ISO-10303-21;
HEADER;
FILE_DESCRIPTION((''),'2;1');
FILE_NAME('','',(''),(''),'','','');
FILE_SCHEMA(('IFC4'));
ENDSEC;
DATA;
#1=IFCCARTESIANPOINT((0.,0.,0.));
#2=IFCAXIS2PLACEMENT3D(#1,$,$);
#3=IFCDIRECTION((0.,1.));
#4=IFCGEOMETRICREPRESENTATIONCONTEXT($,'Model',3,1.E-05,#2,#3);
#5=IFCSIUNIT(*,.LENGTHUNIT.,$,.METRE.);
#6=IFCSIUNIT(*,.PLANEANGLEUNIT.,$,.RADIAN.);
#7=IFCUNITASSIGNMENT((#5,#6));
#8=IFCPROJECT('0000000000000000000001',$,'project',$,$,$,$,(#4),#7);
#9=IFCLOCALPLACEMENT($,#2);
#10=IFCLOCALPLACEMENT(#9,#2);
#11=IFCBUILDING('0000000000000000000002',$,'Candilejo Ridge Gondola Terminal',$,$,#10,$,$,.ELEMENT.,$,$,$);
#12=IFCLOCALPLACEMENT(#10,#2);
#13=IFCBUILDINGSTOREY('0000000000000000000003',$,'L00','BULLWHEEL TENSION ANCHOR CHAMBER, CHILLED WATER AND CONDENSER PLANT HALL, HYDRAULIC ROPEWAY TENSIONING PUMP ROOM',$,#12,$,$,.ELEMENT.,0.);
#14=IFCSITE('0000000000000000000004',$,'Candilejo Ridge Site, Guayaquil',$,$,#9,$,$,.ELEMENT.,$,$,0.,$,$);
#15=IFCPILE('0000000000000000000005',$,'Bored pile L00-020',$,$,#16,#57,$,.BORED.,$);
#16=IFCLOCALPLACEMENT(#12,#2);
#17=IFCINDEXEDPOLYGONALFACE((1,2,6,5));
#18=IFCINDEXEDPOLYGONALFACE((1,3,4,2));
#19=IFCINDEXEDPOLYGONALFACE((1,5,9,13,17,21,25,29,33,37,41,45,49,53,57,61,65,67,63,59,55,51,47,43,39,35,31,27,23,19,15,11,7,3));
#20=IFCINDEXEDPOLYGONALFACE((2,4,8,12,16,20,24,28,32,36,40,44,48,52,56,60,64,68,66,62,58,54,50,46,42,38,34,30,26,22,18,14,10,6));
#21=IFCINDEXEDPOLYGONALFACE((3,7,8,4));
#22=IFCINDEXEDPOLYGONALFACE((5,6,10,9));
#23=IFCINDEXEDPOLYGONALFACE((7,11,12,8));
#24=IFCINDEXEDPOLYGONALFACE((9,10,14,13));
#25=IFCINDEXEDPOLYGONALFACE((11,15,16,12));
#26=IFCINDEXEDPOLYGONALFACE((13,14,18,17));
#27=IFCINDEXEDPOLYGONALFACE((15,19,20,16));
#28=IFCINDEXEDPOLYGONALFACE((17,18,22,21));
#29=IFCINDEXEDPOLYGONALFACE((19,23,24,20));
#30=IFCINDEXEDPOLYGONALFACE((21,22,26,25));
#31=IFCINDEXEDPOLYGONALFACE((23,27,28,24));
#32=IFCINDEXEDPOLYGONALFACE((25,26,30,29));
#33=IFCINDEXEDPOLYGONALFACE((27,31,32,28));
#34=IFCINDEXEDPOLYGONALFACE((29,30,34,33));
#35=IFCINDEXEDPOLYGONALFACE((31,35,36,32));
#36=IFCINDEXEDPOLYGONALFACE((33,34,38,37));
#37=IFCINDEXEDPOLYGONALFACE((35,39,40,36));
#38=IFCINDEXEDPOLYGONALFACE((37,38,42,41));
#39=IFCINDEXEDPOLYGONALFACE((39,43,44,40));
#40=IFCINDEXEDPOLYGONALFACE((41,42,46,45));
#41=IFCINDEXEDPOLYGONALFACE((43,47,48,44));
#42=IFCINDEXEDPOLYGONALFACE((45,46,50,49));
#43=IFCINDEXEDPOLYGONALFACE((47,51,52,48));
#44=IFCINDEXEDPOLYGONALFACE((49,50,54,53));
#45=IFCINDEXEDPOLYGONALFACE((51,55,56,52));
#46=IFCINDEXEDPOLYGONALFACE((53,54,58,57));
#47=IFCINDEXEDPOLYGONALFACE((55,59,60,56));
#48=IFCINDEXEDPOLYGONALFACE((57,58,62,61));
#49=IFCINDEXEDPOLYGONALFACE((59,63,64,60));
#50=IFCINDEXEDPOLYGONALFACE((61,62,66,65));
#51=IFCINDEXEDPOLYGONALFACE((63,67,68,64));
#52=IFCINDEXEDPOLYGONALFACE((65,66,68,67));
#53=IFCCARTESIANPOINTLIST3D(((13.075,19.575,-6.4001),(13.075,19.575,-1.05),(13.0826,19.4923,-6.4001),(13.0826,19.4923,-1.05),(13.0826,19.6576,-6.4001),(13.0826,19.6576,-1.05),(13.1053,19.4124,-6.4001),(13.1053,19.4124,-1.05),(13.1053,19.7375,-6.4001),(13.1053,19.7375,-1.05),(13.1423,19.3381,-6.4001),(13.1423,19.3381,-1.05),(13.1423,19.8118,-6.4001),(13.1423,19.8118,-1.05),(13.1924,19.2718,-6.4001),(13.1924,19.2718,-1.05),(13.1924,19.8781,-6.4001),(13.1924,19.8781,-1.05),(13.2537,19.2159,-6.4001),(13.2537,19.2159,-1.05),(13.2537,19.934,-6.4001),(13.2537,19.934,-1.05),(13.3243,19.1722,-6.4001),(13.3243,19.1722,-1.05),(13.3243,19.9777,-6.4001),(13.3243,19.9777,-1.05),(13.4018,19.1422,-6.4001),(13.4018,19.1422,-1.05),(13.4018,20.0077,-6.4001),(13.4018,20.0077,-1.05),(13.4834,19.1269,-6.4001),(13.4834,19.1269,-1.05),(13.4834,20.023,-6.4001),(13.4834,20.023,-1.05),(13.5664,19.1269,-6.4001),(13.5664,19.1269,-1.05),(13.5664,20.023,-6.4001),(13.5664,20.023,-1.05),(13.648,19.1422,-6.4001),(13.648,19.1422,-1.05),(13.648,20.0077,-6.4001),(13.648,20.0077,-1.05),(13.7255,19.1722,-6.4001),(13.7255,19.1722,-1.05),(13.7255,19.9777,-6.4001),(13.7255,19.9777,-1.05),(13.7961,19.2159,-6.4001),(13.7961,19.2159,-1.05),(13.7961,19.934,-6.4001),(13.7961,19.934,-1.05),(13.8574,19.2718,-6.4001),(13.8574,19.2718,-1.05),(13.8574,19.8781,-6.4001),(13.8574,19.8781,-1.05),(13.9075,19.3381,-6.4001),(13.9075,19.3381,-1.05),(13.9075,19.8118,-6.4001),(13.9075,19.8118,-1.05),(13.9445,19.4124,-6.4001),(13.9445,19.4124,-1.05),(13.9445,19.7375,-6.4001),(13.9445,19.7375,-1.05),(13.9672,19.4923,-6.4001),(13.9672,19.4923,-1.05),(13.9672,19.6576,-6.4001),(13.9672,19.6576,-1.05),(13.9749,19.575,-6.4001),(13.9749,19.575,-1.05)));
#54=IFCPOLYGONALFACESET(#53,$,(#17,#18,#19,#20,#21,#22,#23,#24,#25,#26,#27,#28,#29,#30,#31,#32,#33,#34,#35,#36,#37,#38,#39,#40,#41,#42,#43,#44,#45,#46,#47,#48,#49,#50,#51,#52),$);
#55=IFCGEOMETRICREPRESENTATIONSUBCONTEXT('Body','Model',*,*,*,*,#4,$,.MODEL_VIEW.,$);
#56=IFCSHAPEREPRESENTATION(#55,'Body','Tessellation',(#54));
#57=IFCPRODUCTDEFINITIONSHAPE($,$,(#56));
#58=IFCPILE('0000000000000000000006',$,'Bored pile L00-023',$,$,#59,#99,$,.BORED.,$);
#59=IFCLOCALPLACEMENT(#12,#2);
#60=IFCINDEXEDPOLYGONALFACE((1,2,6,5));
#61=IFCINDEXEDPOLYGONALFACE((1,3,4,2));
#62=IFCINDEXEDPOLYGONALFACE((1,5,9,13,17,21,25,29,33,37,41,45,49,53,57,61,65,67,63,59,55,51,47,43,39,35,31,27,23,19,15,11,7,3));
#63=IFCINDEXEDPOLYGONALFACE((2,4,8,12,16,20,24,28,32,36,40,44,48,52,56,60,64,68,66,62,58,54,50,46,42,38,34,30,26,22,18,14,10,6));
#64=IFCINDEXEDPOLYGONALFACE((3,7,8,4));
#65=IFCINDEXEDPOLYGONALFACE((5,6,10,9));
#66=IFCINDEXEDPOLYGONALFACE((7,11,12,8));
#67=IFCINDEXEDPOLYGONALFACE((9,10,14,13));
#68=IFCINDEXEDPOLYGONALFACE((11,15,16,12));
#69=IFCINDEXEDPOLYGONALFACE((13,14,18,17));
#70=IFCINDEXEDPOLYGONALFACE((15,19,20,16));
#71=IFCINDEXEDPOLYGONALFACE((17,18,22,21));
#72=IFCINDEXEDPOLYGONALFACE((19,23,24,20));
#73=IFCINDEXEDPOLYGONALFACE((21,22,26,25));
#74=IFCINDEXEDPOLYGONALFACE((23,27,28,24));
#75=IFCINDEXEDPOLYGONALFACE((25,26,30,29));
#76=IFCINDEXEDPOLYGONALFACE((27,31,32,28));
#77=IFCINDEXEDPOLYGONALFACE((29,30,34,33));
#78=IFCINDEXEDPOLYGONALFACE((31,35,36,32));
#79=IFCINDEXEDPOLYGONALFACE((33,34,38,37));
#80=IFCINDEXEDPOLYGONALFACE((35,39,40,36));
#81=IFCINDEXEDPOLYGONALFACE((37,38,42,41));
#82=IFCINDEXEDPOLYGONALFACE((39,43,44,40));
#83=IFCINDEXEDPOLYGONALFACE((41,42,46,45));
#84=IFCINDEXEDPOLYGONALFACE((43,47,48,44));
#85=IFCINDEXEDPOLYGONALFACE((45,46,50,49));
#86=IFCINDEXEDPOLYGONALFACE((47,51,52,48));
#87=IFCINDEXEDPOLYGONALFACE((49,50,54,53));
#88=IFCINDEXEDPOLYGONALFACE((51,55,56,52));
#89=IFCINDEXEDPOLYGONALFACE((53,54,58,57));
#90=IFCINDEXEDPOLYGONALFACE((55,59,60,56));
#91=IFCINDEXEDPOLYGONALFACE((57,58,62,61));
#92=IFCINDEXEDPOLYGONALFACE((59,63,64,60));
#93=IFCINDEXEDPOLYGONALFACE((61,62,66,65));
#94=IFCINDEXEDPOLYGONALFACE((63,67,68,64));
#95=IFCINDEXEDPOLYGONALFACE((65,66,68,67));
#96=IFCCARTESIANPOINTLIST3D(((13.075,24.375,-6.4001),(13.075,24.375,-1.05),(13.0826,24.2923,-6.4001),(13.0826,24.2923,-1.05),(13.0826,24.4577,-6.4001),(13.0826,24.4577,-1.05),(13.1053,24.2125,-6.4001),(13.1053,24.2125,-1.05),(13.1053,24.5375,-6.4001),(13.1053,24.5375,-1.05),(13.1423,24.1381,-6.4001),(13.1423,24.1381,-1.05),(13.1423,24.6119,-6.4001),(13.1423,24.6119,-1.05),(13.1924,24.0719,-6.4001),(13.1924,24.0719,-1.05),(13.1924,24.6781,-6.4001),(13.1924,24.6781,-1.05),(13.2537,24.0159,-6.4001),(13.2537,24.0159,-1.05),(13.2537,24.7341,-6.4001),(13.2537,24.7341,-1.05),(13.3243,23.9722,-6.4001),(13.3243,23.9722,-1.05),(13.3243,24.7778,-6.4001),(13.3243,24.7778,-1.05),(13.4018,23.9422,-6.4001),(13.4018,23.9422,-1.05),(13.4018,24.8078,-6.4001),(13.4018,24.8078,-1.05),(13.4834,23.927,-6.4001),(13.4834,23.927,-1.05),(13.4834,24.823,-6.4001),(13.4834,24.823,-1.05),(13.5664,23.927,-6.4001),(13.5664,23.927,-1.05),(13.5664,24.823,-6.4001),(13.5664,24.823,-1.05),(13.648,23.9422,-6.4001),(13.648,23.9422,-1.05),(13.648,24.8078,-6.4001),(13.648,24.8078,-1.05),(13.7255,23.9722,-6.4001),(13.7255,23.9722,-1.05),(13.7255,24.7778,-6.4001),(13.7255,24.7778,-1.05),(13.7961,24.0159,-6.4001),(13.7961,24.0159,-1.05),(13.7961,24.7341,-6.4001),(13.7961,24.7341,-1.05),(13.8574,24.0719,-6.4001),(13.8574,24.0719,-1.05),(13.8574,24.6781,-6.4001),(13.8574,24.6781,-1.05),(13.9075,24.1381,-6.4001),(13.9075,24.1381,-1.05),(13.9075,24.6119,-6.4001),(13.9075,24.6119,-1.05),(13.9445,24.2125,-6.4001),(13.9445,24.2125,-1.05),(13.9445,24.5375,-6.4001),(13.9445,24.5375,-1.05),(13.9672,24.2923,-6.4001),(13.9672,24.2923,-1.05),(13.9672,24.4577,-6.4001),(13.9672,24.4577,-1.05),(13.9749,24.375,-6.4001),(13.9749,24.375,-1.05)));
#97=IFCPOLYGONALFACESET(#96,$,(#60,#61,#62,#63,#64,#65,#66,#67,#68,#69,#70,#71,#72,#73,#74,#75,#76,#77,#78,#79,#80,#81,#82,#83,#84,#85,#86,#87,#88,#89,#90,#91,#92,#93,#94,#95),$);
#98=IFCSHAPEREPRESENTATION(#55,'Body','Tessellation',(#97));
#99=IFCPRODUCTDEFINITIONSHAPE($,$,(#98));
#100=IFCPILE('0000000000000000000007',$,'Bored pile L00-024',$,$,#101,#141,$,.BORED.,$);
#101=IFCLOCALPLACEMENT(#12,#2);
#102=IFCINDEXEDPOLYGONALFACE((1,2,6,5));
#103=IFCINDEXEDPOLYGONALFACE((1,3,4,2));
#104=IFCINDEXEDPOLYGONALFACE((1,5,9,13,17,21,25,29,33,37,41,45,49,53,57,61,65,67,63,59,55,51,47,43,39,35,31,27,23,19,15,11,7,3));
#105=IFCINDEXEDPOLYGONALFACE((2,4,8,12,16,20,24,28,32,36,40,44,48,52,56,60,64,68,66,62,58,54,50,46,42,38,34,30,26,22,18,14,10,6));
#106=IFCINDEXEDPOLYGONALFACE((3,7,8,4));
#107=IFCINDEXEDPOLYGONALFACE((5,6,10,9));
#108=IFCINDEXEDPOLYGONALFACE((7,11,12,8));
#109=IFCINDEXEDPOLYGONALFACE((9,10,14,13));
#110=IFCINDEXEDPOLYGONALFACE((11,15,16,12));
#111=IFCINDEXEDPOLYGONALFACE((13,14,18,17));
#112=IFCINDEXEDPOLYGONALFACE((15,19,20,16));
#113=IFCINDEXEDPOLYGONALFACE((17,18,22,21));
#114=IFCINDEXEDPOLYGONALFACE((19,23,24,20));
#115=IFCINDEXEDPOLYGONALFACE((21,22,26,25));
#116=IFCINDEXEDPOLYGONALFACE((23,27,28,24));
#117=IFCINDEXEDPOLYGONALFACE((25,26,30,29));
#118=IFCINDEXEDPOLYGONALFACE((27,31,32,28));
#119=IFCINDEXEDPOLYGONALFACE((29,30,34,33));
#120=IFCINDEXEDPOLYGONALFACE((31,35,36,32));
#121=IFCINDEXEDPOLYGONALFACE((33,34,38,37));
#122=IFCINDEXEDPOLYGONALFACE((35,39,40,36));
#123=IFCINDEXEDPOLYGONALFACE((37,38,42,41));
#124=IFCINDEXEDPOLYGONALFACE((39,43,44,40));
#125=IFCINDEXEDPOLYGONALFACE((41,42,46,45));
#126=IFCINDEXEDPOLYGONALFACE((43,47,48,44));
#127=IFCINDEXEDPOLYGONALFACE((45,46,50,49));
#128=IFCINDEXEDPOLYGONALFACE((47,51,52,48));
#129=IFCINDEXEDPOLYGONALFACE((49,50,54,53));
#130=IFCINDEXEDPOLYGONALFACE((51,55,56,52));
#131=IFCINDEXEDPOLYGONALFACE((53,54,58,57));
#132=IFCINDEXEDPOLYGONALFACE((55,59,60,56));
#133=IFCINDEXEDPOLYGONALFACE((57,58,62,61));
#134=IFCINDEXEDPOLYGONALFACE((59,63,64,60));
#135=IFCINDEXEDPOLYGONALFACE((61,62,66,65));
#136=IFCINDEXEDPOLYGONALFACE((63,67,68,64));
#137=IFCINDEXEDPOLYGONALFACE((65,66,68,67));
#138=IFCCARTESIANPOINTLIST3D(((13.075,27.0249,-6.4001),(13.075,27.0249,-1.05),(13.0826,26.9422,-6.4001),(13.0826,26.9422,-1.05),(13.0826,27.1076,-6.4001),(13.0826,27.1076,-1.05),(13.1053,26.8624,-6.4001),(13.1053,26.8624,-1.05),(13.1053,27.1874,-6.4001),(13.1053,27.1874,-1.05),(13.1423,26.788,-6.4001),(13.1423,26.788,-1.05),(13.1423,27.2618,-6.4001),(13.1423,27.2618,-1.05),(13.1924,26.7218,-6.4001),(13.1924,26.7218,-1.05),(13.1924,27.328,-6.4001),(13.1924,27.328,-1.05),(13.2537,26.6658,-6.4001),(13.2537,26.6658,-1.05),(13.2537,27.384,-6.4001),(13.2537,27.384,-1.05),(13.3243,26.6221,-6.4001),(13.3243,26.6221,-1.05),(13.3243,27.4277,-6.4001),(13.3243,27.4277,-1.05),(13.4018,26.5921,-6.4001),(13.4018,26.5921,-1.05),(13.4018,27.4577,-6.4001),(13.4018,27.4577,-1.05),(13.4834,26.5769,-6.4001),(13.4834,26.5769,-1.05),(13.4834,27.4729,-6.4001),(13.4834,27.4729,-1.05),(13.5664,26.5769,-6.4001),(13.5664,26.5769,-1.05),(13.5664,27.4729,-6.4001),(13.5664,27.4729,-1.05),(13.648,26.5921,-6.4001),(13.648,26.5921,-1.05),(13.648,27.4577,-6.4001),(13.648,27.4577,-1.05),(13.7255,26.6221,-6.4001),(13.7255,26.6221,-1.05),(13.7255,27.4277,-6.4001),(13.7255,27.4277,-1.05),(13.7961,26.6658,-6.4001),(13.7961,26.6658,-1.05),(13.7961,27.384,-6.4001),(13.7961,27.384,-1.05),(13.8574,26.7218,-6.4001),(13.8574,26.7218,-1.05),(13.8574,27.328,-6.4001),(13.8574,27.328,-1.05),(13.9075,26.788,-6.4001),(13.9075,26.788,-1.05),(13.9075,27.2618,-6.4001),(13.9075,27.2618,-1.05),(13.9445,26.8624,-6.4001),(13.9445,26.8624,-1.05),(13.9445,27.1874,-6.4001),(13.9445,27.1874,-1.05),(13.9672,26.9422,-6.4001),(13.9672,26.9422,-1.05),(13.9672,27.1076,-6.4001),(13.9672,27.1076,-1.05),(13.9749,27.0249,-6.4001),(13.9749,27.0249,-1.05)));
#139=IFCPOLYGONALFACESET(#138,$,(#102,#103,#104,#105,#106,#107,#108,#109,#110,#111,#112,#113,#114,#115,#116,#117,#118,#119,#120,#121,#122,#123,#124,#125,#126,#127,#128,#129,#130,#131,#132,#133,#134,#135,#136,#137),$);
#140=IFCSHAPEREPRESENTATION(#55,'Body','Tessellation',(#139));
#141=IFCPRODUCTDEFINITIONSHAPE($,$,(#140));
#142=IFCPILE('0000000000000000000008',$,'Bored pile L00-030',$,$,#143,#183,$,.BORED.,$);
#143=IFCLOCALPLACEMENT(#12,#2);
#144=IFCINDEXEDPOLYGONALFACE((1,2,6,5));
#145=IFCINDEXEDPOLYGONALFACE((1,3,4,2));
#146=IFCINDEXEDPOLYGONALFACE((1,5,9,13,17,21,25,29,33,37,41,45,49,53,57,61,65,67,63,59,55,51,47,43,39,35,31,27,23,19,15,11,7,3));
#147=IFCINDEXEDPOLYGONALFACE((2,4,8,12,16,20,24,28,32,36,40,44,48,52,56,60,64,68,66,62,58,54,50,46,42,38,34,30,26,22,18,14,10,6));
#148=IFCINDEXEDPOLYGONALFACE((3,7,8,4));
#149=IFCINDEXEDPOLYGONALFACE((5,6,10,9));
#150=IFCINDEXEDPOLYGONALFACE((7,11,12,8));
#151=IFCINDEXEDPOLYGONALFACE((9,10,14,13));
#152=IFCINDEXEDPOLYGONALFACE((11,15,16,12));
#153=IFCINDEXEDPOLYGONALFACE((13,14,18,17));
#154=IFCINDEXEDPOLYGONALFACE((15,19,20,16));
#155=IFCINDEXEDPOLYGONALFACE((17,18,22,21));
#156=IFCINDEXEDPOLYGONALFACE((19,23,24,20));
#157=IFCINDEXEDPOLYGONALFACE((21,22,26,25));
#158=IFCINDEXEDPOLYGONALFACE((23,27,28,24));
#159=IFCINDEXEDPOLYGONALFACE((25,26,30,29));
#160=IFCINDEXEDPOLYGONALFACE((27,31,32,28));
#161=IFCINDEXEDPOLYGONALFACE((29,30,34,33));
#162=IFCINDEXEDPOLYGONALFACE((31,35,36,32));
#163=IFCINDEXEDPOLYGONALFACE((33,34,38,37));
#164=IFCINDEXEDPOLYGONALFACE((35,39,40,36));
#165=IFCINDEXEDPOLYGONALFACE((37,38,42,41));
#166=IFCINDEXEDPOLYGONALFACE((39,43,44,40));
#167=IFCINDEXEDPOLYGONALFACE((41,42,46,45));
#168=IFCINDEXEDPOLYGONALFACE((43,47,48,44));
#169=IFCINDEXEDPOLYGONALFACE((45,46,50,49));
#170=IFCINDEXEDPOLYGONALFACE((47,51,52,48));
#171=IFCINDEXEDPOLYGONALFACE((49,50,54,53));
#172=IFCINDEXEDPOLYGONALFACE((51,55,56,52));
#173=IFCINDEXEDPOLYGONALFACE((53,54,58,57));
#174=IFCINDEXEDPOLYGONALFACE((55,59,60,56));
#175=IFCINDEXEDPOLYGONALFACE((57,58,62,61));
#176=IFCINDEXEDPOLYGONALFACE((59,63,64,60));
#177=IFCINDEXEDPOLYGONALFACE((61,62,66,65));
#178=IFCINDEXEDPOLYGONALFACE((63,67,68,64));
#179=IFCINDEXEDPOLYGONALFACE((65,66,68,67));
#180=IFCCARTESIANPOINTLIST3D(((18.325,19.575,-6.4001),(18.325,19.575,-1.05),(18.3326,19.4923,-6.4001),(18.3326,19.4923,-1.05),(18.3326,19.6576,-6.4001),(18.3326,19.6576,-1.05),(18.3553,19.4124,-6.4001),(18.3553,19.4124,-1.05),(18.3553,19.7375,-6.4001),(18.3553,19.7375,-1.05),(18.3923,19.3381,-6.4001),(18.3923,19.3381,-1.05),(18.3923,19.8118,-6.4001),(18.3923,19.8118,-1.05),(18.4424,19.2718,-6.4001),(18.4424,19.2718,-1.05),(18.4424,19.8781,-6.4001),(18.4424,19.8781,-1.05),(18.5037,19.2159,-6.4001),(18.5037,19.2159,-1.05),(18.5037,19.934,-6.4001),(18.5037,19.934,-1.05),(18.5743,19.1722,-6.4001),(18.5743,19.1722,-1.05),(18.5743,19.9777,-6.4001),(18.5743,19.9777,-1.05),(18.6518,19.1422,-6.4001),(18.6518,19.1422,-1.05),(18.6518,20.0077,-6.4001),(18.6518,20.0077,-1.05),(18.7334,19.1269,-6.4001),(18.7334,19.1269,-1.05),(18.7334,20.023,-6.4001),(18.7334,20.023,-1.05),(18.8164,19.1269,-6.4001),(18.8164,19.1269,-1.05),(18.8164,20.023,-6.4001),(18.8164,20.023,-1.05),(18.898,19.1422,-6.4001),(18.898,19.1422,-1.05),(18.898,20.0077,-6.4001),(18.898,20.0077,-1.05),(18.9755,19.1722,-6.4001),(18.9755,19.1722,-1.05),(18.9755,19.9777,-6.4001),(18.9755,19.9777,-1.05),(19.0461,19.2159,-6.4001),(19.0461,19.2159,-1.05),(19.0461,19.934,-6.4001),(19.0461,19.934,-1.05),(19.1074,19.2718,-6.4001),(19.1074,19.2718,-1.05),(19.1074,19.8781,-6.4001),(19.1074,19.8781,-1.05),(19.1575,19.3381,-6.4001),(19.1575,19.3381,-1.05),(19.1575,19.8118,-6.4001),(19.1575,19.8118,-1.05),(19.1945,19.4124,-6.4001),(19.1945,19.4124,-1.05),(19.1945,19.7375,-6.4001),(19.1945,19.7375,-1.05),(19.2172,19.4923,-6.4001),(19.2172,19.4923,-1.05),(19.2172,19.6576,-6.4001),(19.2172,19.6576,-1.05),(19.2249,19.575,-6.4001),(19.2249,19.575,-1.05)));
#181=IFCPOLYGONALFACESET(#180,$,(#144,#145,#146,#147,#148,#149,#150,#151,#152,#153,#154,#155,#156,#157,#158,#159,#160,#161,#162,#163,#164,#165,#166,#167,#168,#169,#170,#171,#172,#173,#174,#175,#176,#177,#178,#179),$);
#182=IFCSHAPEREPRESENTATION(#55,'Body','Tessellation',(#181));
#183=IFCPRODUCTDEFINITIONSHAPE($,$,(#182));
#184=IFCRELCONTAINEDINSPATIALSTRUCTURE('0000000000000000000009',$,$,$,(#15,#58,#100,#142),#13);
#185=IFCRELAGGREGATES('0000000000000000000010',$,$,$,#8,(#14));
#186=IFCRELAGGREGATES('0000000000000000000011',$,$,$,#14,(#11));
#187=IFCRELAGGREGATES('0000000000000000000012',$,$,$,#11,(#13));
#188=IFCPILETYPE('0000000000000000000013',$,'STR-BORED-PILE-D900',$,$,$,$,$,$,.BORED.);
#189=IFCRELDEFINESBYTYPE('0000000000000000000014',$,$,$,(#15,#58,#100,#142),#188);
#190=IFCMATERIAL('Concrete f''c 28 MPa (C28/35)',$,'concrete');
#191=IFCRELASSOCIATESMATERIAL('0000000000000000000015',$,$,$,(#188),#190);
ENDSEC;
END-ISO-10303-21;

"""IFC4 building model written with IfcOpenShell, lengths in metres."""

from ifc_helpers import new_model, si_unit, direction, frame, origin, origin_2d, place, context, subcontext, project, spatial, circle, extrude, material, material_profile, profile_set, type_object, element, save


model = new_model("IFC4")

# Units and contexts
model_context = context("Model", 3, precision=1e-05, world=origin(), true_north=direction((0.0, 1.0)))
body_context = subcontext(model_context, "Body", "Model", "MODEL_VIEW")
ifc_project = project(units=[si_unit("LENGTHUNIT", "METRE"), si_unit("PLANEANGLEUNIT", "RADIAN")], contexts=[model_context])

# Site, building, storey
site_placement = place(None, origin())
site = spatial("IfcSite", under=ifc_project, at=site_placement, Name="Candilejo Ridge Site, Guayaquil", CompositionType="ELEMENT", RefElevation=0.0)
building_placement = place(site_placement, origin())
building = spatial("IfcBuilding", under=site, at=building_placement, Name="Candilejo Ridge Gondola Terminal", CompositionType="ELEMENT")
storey_placement = place(building_placement, origin())
storey = spatial("IfcBuildingStorey", under=building, at=storey_placement, Name="L00", Description="BULLWHEEL TENSION ANCHOR CHAMBER, CHILLED WATER AND CONDENSER PLANT HALL, HYDRAULIC ROPEWAY TENSIONING PUMP ROOM", CompositionType="ELEMENT", Elevation=0.0)

# Piles
ifc_material_1 = material(Name="Concrete f'c 28 MPa (C28/35)", Category="concrete")
ifc_material_profile_1 = material_profile(ifc_material_1, circle(Radius=0.45, at=origin_2d()))
ifc_profile_set_1 = profile_set([ifc_material_profile_1], Name="Concrete f'c 28 MPa (C28/35)")
pile_type = type_object("IfcPileType", Name="STR-BORED-PILE-D900", PredefinedType="BORED", material=ifc_profile_set_1)
for number, where, z_axis, x_axis, name in (
    (1, (13.5249, 19.575, -1.05), (0.0, 0.0, -1.0), (1.0, 0.0, 0.0), "Bored pile L00-020"),
    (2, (13.5249, 24.375, -1.05), (0.0, 0.0, -1.0), (1.0, 0.0, 0.0), "Bored pile L00-023"),
    (3, (13.5249, 27.0249, -1.05), (0.0, 0.0, -1.0), (1.0, 0.0, 0.0), "Bored pile L00-024"),
    (4, (18.7749, 19.575, -1.05), (0.0, 0.0, -1.0), (1.0, 0.0, 0.0), "Bored pile L00-030"),
):
    element("IfcPile", number, at=place(storey_placement, frame(where, z_axis=z_axis, x_axis=x_axis)), inside=storey, type_object=pile_type, Name=name, PredefinedType="BORED", context=body_context, shape_type="SweptSolid", body=[
        extrude(circle(Radius=0.45, at=origin_2d()), origin(), (0.0, 0.0, 1.0), 5.3501),
    ])

save(model, "model.ifc")
